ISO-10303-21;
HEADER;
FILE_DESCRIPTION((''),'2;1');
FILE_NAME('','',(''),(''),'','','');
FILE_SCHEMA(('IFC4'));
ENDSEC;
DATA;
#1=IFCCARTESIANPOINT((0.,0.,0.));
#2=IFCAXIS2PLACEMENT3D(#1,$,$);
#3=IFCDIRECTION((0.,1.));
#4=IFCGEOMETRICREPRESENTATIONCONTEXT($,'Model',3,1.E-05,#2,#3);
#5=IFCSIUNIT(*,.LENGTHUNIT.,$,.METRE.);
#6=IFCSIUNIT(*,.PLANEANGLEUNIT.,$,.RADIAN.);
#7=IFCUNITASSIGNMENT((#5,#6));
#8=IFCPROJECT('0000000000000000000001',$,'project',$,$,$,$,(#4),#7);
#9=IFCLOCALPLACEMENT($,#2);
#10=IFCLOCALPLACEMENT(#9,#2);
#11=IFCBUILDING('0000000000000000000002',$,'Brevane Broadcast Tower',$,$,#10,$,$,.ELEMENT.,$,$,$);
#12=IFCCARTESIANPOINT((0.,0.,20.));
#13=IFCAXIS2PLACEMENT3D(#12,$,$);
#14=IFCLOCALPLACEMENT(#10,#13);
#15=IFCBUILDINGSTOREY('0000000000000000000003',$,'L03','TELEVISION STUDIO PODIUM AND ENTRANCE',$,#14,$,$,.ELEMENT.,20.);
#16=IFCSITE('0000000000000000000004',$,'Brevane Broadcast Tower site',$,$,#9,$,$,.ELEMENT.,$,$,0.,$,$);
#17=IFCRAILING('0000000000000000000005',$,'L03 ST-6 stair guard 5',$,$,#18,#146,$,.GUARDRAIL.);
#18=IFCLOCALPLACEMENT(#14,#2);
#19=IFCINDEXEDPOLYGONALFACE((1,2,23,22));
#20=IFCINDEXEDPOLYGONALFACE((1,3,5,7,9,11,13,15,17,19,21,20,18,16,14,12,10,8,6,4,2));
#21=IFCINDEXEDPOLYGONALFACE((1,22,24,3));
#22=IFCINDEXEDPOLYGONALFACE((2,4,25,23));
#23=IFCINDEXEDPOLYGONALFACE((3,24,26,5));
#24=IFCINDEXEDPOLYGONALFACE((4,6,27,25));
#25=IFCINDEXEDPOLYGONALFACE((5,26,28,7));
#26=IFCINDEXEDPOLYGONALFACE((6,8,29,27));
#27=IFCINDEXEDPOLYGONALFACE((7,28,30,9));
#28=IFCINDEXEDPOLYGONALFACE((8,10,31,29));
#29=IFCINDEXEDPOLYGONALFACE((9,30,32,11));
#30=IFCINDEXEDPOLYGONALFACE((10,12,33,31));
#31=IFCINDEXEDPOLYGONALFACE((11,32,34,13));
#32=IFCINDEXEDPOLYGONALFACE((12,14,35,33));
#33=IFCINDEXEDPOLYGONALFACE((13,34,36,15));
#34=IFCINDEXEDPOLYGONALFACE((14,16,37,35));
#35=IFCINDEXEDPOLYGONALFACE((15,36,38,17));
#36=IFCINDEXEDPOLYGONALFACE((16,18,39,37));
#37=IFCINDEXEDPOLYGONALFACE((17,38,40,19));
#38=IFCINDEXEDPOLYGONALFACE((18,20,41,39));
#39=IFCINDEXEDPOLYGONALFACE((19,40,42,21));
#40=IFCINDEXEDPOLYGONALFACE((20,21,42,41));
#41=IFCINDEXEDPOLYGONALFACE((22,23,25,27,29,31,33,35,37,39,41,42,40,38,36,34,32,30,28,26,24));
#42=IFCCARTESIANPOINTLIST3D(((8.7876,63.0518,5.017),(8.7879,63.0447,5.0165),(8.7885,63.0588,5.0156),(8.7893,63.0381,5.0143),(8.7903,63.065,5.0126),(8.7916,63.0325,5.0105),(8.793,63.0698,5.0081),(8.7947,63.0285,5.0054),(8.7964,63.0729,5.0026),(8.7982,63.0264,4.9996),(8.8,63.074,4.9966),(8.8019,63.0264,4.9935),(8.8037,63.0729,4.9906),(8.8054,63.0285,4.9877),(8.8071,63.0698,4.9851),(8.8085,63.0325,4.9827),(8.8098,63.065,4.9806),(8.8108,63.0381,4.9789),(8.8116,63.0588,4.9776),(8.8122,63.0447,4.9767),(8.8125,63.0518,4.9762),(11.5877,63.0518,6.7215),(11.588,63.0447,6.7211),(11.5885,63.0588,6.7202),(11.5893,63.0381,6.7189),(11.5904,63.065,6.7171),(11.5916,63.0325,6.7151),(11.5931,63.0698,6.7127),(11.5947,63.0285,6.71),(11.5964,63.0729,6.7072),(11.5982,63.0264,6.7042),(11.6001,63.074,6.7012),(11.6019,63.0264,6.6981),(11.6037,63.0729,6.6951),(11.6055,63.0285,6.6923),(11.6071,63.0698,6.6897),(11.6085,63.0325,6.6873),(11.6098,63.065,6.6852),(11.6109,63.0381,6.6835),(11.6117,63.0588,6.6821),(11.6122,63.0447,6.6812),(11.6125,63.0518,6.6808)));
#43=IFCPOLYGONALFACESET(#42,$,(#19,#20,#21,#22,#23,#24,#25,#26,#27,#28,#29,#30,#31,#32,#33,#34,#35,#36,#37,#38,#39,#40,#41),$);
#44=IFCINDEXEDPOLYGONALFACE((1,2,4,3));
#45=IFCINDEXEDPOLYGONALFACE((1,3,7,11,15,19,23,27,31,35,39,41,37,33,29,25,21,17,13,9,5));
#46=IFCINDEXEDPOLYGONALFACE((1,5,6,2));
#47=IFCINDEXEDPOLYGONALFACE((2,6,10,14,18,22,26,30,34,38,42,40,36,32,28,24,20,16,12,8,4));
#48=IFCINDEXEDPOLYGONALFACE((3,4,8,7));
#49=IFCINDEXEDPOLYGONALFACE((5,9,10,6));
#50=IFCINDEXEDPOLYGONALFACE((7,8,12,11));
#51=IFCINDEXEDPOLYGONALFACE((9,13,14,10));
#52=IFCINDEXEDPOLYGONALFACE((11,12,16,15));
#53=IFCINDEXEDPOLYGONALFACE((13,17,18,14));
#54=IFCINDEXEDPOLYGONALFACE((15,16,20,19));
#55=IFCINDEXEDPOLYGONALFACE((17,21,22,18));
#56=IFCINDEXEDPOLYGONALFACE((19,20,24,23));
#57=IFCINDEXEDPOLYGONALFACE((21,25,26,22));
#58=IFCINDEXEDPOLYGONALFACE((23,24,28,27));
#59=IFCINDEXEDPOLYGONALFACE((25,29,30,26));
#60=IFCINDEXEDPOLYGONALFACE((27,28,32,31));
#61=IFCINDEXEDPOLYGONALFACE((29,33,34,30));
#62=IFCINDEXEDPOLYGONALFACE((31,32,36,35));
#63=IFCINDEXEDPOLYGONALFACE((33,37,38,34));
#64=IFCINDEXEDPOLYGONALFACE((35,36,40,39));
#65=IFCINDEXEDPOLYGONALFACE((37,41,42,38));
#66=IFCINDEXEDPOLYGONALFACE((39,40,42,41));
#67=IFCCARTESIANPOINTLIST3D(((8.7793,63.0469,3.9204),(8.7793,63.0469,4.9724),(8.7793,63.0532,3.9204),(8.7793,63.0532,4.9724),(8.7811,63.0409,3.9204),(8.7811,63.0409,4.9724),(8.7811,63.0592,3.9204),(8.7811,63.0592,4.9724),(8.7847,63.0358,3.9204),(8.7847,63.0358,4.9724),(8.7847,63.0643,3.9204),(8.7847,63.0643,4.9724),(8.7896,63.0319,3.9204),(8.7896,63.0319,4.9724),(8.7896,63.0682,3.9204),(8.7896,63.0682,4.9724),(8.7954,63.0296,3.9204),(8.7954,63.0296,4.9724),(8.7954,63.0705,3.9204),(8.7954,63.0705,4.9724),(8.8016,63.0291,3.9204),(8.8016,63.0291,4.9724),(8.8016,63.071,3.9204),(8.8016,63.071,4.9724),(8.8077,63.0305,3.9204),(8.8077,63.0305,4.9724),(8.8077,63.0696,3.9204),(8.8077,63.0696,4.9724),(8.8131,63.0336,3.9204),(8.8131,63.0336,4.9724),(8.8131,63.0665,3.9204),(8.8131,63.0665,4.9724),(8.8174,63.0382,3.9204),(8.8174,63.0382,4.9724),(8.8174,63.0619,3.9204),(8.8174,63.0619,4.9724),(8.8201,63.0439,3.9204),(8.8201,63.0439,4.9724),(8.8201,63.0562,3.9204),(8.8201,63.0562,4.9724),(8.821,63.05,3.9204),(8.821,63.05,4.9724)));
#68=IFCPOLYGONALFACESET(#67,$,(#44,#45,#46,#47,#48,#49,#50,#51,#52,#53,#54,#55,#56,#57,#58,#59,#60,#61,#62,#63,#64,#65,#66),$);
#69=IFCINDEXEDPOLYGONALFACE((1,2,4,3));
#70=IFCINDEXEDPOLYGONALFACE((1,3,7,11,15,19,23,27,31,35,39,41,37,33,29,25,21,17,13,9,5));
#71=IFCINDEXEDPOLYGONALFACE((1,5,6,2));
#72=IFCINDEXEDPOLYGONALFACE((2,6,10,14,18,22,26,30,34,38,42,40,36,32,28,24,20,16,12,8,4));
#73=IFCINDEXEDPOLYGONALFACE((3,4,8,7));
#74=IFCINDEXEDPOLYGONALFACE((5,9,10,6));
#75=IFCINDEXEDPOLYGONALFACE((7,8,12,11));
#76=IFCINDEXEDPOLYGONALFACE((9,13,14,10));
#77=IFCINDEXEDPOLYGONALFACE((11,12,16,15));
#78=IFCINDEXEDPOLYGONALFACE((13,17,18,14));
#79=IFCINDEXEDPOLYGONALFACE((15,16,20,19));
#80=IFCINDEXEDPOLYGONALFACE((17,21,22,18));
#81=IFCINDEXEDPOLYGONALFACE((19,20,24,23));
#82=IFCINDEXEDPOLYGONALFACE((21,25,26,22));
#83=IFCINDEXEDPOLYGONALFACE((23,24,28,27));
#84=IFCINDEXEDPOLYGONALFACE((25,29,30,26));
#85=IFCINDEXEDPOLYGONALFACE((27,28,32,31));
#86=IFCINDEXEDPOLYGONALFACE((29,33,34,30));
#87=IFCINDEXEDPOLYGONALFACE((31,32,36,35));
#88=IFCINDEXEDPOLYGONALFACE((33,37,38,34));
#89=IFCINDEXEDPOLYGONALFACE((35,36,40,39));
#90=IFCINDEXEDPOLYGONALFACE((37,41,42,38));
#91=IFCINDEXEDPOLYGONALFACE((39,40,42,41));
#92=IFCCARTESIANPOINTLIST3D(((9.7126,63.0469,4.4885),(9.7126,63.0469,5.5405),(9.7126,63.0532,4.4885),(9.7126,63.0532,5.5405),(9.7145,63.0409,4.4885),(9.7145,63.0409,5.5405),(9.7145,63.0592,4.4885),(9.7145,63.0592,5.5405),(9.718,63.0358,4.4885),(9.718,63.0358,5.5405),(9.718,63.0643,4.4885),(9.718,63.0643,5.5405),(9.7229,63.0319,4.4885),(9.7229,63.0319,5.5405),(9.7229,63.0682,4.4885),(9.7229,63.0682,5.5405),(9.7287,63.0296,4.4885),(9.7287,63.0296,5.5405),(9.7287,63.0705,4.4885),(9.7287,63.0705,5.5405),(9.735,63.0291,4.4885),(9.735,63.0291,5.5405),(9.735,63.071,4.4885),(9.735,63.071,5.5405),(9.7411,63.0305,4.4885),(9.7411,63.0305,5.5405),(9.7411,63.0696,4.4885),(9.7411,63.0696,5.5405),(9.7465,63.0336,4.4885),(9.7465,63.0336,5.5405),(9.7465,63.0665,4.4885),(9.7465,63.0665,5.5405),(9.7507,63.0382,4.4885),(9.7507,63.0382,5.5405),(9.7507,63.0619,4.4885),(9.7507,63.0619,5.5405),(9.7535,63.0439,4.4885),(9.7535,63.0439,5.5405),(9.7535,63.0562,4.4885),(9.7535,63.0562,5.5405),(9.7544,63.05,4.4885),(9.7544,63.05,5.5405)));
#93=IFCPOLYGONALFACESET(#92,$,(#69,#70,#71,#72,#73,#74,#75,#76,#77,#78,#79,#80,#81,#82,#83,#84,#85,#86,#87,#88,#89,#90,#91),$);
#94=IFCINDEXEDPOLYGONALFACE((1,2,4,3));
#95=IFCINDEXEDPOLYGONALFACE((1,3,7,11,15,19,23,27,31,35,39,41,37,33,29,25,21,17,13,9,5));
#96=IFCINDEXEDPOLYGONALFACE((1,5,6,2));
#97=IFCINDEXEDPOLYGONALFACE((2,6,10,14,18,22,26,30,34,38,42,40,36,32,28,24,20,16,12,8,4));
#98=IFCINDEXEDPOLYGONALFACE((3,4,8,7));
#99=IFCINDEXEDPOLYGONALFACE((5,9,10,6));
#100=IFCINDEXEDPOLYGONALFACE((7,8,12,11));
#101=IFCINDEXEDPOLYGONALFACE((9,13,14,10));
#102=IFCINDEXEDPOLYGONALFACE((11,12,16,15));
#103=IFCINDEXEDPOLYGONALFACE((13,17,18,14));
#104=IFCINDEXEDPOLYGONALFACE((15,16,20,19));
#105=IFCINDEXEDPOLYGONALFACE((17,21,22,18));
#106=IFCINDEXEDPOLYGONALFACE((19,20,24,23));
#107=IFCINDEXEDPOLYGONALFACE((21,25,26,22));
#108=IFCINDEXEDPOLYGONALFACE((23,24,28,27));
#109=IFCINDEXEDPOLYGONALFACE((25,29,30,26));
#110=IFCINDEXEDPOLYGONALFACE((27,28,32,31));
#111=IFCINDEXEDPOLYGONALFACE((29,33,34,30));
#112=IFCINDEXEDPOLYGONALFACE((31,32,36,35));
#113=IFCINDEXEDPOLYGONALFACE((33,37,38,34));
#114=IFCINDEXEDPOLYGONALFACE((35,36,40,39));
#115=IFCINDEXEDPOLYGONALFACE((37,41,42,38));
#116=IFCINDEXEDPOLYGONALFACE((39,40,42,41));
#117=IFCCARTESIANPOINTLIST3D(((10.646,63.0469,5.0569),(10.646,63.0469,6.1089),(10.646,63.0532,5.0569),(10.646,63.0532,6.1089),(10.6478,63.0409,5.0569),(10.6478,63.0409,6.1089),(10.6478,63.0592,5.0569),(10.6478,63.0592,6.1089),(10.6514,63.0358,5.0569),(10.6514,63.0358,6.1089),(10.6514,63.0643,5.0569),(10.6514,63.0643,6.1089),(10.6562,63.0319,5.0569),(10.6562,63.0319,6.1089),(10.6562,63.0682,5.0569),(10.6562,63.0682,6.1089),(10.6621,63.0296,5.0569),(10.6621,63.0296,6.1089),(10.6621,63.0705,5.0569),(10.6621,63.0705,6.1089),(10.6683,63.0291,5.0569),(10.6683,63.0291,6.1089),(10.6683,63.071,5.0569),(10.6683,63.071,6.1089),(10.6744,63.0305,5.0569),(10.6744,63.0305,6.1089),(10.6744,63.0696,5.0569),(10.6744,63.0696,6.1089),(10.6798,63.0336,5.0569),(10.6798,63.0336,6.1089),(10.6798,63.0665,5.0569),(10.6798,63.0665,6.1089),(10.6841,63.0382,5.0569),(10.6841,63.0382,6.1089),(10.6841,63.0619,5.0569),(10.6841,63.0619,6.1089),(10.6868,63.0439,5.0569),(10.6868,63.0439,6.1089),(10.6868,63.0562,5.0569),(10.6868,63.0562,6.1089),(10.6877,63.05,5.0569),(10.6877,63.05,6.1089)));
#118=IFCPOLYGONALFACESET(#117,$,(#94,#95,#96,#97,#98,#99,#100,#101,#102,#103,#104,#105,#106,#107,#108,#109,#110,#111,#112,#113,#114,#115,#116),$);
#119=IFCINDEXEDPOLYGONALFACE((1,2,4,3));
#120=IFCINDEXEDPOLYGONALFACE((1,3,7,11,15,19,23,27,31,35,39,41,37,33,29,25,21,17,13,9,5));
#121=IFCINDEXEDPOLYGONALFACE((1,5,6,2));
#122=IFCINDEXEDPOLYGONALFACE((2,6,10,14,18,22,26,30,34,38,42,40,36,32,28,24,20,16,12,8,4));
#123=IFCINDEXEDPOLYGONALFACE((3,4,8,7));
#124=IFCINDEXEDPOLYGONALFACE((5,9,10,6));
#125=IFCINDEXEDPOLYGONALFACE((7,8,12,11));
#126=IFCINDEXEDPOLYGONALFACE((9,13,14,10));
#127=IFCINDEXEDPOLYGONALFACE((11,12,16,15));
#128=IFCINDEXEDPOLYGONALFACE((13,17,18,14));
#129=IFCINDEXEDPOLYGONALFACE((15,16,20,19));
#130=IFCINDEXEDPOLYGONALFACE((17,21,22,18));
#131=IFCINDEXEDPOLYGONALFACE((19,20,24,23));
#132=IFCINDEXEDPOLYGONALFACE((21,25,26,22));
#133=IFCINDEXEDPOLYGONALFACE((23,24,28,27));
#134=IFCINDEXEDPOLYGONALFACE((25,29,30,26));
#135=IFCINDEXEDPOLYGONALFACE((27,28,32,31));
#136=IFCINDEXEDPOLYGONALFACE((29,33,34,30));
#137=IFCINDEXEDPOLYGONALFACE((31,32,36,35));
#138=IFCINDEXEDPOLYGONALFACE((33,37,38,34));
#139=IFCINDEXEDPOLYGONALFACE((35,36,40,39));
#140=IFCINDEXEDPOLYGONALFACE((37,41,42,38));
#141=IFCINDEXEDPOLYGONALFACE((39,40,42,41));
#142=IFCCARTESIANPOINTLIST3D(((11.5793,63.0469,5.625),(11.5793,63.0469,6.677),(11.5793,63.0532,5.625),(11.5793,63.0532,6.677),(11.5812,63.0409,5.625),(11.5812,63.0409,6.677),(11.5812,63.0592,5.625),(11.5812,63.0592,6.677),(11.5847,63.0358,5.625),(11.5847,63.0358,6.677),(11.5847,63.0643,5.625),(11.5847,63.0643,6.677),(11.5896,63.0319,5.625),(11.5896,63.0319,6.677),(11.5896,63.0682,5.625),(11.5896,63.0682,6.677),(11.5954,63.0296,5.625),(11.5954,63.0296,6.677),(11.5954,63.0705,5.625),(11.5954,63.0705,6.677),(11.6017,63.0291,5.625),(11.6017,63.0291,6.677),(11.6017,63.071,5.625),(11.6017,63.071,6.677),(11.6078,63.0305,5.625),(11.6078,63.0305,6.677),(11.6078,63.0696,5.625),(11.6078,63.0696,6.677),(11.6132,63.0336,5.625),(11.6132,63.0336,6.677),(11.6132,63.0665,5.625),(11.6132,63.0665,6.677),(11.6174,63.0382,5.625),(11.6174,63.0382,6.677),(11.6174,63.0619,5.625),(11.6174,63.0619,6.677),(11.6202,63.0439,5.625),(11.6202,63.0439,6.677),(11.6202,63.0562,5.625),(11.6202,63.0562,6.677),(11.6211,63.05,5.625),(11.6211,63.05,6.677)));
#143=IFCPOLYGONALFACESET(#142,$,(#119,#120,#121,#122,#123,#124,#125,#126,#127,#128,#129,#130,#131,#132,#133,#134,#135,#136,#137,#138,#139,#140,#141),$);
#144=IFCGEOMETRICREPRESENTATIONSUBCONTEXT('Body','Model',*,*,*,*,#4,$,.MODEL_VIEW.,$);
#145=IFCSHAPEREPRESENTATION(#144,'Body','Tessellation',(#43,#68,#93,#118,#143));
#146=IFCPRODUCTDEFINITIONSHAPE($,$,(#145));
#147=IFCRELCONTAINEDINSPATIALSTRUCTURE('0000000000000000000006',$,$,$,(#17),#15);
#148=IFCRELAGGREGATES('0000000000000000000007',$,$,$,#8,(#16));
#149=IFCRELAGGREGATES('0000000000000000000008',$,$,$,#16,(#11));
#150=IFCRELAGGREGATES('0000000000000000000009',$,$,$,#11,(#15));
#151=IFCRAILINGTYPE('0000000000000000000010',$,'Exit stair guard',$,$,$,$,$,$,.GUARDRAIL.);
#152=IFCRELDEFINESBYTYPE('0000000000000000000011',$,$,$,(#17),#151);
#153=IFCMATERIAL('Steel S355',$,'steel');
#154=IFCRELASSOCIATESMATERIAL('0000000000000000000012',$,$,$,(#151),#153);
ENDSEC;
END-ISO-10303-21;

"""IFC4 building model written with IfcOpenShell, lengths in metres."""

from ifc_helpers import new_model, si_unit, direction, frame, origin, origin_2d, place, context, subcontext, project, spatial, circle, extrude, material, type_object, element, save


model = new_model("IFC4")

# Units and contexts
model_context = context("Model", 3, precision=1e-05, world=origin(), true_north=direction((0.0, 1.0)))
body_context = subcontext(model_context, "Body", "Model", "MODEL_VIEW")
ifc_project = project(units=[si_unit("LENGTHUNIT", "METRE"), si_unit("PLANEANGLEUNIT", "RADIAN")], contexts=[model_context])

# Site, building, storey
site_placement = place(None, origin())
site = spatial("IfcSite", under=ifc_project, at=site_placement, Name="Brevane Broadcast Tower site", CompositionType="ELEMENT", RefElevation=0.0)
building_placement = place(site_placement, origin())
building = spatial("IfcBuilding", under=site, at=building_placement, Name="Brevane Broadcast Tower", CompositionType="ELEMENT")
storey_placement = place(building_placement, frame((0.0, 0.0, 20.0)))
storey = spatial("IfcBuildingStorey", under=building, at=storey_placement, Name="L03", Description="TELEVISION STUDIO PODIUM AND ENTRANCE", CompositionType="ELEMENT", Elevation=20.0)

# Railing
ifc_material_1 = material(Name="Steel S355", Category="steel")
railing_type_1 = type_object("IfcRailingType", Name="Exit stair guard", PredefinedType="GUARDRAIL", material=ifc_material_1)
railing_1_placement = place(storey_placement, frame((8.8, 63.05, 3.9204)))
element("IfcRailing", 1, at=railing_1_placement, inside=storey, type_object=railing_type_1, Name="L03 ST-6 stair guard 5", PredefinedType="GUARDRAIL", context=body_context, shape_type="SweptSolid", body=[
    extrude(circle(Radius=0.0239, at=origin_2d()), frame((0.0, 0.0, 1.0762), z_axis=(0.85417, 0.0, 0.519994), x_axis=(0.0, 1.0, 0.0)), (0.0, 0.0, 1.0), 3.2781),
    extrude(circle(Radius=0.021, at=origin_2d()), origin(), (0.0, 0.0, 1.0), 1.052),
    extrude(circle(Radius=0.021, at=origin_2d()), frame((0.9333, 0.0, 0.5681)), (0.0, 0.0, 1.0), 1.052),
    extrude(circle(Radius=0.021, at=origin_2d()), frame((1.8667, 0.0, 1.1365)), (0.0, 0.0, 1.0), 1.052),
    extrude(circle(Radius=0.021, at=origin_2d()), frame((2.8, 0.0, 1.7046)), (0.0, 0.0, 1.0), 1.052),
])

save(model, "model.ifc")
